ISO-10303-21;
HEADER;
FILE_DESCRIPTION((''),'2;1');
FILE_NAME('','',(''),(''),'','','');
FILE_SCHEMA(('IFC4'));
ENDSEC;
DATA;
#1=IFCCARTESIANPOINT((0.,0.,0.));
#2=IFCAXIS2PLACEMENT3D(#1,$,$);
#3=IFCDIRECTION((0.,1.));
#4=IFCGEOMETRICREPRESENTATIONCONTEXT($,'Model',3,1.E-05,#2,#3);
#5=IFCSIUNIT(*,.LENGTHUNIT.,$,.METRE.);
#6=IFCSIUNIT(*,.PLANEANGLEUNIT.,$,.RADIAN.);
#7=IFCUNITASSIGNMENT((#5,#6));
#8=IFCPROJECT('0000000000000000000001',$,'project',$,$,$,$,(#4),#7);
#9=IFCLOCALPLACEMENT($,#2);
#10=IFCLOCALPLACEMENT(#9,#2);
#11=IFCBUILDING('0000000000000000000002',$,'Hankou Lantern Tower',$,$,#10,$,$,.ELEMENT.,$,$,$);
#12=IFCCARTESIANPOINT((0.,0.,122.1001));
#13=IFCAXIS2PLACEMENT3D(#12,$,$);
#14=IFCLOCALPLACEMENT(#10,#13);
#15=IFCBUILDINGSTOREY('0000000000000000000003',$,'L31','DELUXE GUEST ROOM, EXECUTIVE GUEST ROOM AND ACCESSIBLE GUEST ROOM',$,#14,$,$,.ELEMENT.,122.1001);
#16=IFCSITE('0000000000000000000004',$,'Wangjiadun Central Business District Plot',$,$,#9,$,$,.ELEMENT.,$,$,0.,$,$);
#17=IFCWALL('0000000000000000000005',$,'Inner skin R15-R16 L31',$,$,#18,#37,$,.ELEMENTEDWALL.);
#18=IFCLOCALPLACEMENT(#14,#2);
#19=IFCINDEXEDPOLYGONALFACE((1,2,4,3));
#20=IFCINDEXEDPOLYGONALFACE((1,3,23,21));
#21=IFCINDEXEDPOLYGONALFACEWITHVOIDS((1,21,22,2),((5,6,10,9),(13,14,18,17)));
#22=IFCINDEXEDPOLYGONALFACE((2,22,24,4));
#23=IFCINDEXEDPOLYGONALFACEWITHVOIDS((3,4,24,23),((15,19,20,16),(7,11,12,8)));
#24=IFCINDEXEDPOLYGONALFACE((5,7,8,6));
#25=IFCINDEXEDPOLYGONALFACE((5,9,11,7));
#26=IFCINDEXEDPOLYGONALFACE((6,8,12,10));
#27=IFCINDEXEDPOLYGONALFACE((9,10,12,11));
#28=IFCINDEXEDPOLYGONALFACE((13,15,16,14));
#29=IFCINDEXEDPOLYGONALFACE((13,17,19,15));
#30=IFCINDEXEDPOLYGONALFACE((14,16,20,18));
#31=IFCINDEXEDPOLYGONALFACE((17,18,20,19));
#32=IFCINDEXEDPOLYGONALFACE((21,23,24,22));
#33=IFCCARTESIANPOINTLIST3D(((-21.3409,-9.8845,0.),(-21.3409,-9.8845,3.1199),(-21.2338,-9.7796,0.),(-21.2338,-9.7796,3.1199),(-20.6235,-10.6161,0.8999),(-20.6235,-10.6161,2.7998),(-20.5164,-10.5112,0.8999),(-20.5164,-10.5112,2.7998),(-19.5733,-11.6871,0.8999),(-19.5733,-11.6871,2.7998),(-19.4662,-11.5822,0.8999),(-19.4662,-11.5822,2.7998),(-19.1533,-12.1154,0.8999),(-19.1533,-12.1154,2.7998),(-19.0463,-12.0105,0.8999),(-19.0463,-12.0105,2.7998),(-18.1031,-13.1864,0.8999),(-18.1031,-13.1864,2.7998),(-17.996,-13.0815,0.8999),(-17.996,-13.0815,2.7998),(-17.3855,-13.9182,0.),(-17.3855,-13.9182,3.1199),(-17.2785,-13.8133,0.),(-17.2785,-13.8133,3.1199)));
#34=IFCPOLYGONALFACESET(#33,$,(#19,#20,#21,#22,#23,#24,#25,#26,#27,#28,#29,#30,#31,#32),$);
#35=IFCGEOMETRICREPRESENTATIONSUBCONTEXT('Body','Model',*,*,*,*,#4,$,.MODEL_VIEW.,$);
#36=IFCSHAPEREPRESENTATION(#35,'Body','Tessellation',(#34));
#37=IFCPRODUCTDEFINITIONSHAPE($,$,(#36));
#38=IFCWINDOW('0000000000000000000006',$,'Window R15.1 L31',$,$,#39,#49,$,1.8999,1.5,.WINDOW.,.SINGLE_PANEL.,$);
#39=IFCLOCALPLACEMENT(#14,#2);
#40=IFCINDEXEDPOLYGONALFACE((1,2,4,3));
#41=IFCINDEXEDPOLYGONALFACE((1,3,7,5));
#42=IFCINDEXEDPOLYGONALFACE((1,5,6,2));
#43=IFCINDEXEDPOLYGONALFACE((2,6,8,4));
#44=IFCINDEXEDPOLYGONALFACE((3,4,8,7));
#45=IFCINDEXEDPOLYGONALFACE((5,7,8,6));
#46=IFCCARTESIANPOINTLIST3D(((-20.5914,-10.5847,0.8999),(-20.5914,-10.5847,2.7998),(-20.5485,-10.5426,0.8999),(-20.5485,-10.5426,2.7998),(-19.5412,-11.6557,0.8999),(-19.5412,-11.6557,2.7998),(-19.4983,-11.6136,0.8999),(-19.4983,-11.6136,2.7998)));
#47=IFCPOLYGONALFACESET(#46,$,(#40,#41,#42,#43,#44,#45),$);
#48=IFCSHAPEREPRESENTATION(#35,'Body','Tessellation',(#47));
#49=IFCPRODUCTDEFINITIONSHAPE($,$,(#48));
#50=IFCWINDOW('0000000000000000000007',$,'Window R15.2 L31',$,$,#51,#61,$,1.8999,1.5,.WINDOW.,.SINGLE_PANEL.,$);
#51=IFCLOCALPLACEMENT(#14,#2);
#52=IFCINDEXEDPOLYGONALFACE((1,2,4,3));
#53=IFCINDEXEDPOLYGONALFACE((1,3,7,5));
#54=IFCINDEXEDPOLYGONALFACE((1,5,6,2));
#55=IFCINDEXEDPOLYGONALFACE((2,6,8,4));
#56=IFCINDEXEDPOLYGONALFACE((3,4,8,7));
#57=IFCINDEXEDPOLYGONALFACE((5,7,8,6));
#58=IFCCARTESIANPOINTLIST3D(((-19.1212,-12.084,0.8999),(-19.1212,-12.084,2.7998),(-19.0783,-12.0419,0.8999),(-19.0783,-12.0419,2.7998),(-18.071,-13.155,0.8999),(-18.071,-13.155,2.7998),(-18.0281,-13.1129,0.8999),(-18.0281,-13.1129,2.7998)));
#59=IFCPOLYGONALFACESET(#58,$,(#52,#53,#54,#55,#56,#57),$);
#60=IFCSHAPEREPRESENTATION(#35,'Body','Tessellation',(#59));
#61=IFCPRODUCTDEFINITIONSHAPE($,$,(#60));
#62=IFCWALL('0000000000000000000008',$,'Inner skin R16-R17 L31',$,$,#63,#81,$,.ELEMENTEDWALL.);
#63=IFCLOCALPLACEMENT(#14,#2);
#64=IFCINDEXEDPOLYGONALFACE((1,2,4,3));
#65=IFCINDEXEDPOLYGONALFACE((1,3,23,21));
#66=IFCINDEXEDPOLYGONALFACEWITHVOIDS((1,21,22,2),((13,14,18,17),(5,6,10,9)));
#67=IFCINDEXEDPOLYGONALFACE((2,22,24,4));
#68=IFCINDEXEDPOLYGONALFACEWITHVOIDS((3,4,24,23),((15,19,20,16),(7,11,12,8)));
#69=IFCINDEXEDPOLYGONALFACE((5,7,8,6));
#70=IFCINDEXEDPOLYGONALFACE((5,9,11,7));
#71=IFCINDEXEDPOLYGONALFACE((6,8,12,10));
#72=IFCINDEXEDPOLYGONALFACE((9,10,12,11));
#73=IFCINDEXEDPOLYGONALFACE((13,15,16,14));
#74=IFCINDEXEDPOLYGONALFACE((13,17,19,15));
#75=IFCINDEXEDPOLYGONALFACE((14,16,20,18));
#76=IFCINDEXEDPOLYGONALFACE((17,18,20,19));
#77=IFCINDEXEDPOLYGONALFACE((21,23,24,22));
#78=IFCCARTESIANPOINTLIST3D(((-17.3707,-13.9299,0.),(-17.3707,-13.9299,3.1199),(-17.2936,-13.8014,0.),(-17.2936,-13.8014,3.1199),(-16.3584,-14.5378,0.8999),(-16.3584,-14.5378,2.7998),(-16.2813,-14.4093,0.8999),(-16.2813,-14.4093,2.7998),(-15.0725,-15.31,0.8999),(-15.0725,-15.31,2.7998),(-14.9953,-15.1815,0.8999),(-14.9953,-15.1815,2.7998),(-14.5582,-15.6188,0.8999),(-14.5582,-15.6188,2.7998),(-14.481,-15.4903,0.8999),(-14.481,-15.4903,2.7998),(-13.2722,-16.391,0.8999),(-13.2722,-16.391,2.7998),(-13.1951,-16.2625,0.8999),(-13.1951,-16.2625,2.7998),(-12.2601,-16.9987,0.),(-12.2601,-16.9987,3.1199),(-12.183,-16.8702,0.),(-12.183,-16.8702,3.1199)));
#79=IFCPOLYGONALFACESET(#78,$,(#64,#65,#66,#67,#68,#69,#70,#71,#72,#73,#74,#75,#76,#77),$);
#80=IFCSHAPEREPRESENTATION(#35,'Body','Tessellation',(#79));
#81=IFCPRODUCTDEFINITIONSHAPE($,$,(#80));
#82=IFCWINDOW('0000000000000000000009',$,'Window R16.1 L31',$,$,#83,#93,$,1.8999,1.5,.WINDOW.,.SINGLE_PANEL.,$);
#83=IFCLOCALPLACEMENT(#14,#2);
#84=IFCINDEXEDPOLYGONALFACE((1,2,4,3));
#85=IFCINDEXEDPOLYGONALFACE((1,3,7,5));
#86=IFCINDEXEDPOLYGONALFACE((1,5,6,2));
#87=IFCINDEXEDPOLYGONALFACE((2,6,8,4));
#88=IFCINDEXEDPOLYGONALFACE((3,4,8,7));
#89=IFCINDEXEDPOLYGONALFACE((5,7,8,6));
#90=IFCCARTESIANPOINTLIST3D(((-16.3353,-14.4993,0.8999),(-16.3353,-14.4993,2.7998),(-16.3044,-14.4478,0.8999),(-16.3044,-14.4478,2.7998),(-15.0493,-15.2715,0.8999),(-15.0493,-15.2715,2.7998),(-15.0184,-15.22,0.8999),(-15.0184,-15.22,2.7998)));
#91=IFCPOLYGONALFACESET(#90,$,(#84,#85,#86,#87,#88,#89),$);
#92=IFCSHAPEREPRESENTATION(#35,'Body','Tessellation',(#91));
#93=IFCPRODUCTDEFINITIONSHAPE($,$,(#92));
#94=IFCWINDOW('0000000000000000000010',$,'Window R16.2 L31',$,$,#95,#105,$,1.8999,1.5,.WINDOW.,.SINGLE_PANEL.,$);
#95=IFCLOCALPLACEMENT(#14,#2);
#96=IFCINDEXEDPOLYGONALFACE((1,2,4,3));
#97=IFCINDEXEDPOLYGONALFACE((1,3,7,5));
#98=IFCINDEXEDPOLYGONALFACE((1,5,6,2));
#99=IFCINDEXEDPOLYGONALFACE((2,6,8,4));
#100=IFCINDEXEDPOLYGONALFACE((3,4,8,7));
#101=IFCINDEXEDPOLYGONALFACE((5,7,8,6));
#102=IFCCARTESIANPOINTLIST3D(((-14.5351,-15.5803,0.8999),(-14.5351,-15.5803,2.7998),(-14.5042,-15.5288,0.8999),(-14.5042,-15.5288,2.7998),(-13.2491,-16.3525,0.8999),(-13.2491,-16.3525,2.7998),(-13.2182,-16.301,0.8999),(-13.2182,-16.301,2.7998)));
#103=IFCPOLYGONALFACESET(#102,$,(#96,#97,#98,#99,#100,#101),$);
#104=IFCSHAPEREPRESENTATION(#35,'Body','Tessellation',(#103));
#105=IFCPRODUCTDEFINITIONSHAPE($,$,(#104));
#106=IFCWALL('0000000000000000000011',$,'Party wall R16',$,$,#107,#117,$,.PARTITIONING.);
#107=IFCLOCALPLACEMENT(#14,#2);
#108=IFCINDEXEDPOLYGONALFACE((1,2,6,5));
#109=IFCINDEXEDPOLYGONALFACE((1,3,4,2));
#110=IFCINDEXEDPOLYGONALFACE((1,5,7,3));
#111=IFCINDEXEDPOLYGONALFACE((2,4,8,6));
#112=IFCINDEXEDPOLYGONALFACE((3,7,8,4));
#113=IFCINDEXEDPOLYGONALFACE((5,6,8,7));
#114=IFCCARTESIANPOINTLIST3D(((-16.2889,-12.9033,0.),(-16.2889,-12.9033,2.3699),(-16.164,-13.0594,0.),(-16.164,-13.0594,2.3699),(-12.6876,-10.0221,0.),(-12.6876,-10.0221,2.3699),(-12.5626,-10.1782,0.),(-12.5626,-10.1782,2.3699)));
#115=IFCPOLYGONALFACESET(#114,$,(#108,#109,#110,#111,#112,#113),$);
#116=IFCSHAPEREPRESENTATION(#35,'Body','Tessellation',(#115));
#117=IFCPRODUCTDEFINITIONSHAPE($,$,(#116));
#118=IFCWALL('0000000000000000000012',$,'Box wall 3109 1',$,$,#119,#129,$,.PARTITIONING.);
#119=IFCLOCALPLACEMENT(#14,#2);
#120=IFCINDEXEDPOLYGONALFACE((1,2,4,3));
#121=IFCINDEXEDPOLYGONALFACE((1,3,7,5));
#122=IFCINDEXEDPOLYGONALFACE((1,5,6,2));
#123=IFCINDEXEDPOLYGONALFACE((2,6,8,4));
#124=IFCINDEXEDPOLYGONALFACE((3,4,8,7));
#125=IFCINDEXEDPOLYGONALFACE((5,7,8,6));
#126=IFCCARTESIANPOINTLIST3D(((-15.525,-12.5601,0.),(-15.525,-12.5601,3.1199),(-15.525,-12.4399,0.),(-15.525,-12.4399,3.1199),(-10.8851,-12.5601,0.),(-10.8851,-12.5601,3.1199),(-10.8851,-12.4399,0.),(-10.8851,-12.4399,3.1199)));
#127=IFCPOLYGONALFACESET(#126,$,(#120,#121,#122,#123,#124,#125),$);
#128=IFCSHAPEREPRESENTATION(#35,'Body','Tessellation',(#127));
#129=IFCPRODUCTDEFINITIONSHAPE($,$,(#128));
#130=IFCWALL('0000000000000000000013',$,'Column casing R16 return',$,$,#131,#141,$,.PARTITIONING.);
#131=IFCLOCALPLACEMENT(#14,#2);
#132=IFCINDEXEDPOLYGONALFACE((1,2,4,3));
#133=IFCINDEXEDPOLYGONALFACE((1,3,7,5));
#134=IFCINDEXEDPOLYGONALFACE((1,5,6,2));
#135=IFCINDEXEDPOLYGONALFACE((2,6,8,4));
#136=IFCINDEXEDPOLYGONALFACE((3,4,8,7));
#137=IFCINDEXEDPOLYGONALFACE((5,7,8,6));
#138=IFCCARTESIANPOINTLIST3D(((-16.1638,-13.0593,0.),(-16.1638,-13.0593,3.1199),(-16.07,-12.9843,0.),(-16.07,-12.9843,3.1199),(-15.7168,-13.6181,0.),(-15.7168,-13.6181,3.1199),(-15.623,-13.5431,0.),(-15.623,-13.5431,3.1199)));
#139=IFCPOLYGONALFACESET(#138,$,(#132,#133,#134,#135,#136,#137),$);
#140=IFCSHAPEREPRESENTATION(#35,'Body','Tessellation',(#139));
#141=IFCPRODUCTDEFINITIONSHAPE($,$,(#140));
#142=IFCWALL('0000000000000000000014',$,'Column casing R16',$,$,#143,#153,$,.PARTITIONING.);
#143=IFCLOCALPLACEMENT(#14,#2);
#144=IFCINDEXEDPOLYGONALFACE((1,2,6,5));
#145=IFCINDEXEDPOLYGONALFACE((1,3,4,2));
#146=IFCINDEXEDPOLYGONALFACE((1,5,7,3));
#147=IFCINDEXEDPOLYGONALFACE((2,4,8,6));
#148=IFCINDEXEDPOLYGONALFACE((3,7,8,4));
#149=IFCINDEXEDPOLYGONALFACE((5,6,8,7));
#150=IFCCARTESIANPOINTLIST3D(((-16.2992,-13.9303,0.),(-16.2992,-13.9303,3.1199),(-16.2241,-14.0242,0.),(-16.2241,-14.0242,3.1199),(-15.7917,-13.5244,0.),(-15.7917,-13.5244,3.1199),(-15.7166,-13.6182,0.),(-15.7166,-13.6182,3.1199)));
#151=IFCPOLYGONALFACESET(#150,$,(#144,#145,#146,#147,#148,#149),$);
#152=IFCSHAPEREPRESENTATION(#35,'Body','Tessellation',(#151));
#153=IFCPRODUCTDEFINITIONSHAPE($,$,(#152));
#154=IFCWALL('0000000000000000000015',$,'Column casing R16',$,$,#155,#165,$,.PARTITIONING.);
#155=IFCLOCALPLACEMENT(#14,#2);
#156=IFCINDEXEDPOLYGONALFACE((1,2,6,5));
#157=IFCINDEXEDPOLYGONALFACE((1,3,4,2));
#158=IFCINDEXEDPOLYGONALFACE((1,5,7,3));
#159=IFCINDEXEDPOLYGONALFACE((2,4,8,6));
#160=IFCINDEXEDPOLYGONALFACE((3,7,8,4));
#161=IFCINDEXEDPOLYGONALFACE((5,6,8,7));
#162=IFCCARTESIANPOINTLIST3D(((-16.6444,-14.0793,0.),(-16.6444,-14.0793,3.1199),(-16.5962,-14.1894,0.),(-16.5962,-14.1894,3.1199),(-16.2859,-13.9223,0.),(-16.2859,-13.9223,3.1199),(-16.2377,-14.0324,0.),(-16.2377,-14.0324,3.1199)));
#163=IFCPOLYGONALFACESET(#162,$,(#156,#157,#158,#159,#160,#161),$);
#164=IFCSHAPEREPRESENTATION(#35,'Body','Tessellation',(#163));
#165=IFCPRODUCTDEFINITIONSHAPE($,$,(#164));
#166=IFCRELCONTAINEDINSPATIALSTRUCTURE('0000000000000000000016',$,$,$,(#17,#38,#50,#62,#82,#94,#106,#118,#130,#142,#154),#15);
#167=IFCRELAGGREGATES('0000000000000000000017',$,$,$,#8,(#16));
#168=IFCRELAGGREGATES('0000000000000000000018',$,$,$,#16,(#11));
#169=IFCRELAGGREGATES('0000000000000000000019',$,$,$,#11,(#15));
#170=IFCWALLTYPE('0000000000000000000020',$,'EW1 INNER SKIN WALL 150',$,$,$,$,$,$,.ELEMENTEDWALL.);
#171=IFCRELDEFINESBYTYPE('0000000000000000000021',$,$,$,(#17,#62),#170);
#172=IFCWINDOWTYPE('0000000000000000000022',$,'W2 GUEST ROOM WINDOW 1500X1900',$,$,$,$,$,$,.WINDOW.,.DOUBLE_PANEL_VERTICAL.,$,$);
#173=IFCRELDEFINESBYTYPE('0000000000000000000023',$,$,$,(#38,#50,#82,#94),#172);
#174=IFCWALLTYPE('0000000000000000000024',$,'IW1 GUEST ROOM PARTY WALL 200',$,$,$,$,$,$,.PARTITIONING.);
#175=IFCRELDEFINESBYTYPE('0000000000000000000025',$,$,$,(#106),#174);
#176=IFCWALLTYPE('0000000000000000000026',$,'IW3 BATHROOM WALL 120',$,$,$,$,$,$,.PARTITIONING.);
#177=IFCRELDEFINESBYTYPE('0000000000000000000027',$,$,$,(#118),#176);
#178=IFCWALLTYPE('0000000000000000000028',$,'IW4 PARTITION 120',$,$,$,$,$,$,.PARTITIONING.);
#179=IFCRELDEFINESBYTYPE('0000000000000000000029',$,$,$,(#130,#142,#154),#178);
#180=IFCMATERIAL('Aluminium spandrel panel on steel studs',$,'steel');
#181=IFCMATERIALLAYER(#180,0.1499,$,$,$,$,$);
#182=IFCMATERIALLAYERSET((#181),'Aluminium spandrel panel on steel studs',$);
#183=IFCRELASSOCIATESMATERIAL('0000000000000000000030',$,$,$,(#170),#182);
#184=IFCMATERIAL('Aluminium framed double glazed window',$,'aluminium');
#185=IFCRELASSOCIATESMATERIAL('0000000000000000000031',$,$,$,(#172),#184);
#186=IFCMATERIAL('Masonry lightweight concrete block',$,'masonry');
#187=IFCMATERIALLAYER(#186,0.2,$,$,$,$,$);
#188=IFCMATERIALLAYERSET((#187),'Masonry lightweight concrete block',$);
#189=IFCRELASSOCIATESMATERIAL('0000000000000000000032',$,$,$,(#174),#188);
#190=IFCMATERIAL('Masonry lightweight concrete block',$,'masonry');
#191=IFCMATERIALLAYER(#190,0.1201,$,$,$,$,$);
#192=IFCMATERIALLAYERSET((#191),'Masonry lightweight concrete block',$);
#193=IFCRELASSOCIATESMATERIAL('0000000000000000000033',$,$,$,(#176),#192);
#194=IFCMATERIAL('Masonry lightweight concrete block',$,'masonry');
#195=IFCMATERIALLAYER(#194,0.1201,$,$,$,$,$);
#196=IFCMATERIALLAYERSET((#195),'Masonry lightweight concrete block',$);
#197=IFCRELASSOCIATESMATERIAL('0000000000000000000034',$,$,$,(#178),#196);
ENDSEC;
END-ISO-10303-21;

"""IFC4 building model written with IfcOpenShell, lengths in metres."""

from ifc_helpers import new_model, si_unit, direction, frame, frame_2d, origin, place, context, subcontext, project, spatial, rectangle, extrude, material, layer, layer_set, type_object, element, fill, save


model = new_model("IFC4")

# Units and contexts
model_context = context("Model", 3, precision=1e-05, world=origin(), true_north=direction((0.0, 1.0)))
body_context = subcontext(model_context, "Body", "Model", "MODEL_VIEW")
ifc_project = project(units=[si_unit("LENGTHUNIT", "METRE"), si_unit("PLANEANGLEUNIT", "RADIAN")], contexts=[model_context])

# Site, building, storey
site_placement = place(None, origin())
site = spatial("IfcSite", under=ifc_project, at=site_placement, Name="Wangjiadun Central Business District Plot", CompositionType="ELEMENT", RefElevation=0.0)
building_placement = place(site_placement, origin())
building = spatial("IfcBuilding", under=site, at=building_placement, Name="Hankou Lantern Tower", CompositionType="ELEMENT")
storey_placement = place(building_placement, frame((0.0, 0.0, 122.1001)))
storey = spatial("IfcBuildingStorey", under=building, at=storey_placement, Name="L31", Description="DELUXE GUEST ROOM, EXECUTIVE GUEST ROOM AND ACCESSIBLE GUEST ROOM", CompositionType="ELEMENT", Elevation=122.1001)

# Walls, openings, windows
ifc_material_1 = material(Name="Aluminium spandrel panel on steel studs", Category="steel")
ifc_layer_1 = layer(ifc_material_1, 0.1499)
ifc_layer_set_1 = layer_set([ifc_layer_1], Name="Aluminium spandrel panel on steel studs")
wall_type_1 = type_object("IfcWallType", Name="EW1 INNER SKIN WALL 150", PredefinedType="ELEMENTEDWALL", material=ifc_layer_set_1)
wall_1_placement = place(storey_placement, frame((-21.2874, -9.832, 0.0), z_axis=(0.0, 0.0, 1.0), x_axis=(0.700137, -0.714009, 0.0)))
wall_1 = element("IfcWall", 1, at=wall_1_placement, inside=storey, type_object=wall_type_1, Name="Inner skin R15-R16 L31", PredefinedType="ELEMENTEDWALL", context=body_context, shape_type="SweptSolid", body=[
    extrude(rectangle(XDim=5.6494, YDim=0.1499, at=frame_2d((2.8247, 0.0))), origin(), (0.0, 0.0, 1.0), 3.1199),
])
opening_1_placement = place(wall_1_placement, frame((1.0247, 0.0, 0.8999)))
opening_1 = element("IfcOpeningElement", 2, at=opening_1_placement, cuts=wall_1, PredefinedType="OPENING", context=body_context, shape_type="SweptSolid", body=[
    extrude(rectangle(XDim=1.5, YDim=1.8999, at=frame_2d((0.75, 0.95))), frame((0.0, 0.085, 0.0), z_axis=(0.0, -1.0, 0.0), x_axis=(1.0, 0.0, 0.0)), (0.0, 0.0, 1.0), 0.1699),
])
opening_2_placement = place(wall_1_placement, frame((3.1245, 0.0, 0.8999)))
opening_2 = element("IfcOpeningElement", 3, at=opening_2_placement, cuts=wall_1, PredefinedType="OPENING", context=body_context, shape_type="SweptSolid", body=[
    extrude(rectangle(XDim=1.5, YDim=1.8999, at=frame_2d((0.75, 0.95))), frame((0.0, 0.085, 0.0), z_axis=(0.0, -1.0, 0.0), x_axis=(1.0, 0.0, 0.0)), (0.0, 0.0, 1.0), 0.1699),
])
ifc_material_2 = material(Name="Aluminium framed double glazed window", Category="aluminium")
window_type = type_object("IfcWindowType", Name="W2 GUEST ROOM WINDOW 1500X1900", PartitioningType="DOUBLE_PANEL_VERTICAL", PredefinedType="WINDOW", material=ifc_material_2)
window_1_placement = place(opening_1_placement, origin())
window_1 = element("IfcWindow", 4, at=window_1_placement, inside=storey, type_object=window_type, Name="Window R15.1 L31", OverallHeight=1.8999, OverallWidth=1.5, PartitioningType="SINGLE_PANEL", PredefinedType="WINDOW", context=body_context, shape_type="SweptSolid", body=[
    extrude(rectangle(XDim=1.5, YDim=1.8999, at=frame_2d((0.75, 0.95))), frame((0.0, 0.03, 0.0), z_axis=(0.0, -1.0, 0.0), x_axis=(1.0, 0.0, 0.0)), (0.0, 0.0, 1.0), 0.0601),
])
fill(opening_1, window_1)
window_2_placement = place(opening_2_placement, origin())
window_2 = element("IfcWindow", 5, at=window_2_placement, inside=storey, type_object=window_type, Name="Window R15.2 L31", OverallHeight=1.8999, OverallWidth=1.5, PartitioningType="SINGLE_PANEL", PredefinedType="WINDOW", context=body_context, shape_type="SweptSolid", body=[
    extrude(rectangle(XDim=1.5, YDim=1.8999, at=frame_2d((0.75, 0.95))), frame((0.0, 0.03, 0.0), z_axis=(0.0, -1.0, 0.0), x_axis=(1.0, 0.0, 0.0)), (0.0, 0.0, 1.0), 0.0601),
])
fill(opening_2, window_2)
wall_2_placement = place(storey_placement, frame((-17.332, -13.8657, 0.0), z_axis=(0.0, 0.0, 1.0), x_axis=(0.857309, -0.514803, 0.0)))
wall_2 = element("IfcWall", 6, at=wall_2_placement, inside=storey, type_object=wall_type_1, Name="Inner skin R16-R17 L31", PredefinedType="ELEMENTEDWALL", context=body_context, shape_type="SweptSolid", body=[
    extrude(rectangle(XDim=5.9612, YDim=0.1499, at=frame_2d((2.9805, 0.0))), origin(), (0.0, 0.0, 1.0), 3.1199),
])
opening_3_placement = place(wall_2_placement, frame((1.1807, 0.0, 0.8999)))
opening_3 = element("IfcOpeningElement", 7, at=opening_3_placement, cuts=wall_2, PredefinedType="OPENING", context=body_context, shape_type="SweptSolid", body=[
    extrude(rectangle(XDim=1.5, YDim=1.8999, at=frame_2d((0.75, 0.95))), frame((0.0, 0.085, 0.0), z_axis=(0.0, -1.0, 0.0), x_axis=(1.0, 0.0, 0.0)), (0.0, 0.0, 1.0), 0.1699),
])
opening_4_placement = place(wall_2_placement, frame((3.2805, 0.0, 0.8999)))
opening_4 = element("IfcOpeningElement", 8, at=opening_4_placement, cuts=wall_2, PredefinedType="OPENING", context=body_context, shape_type="SweptSolid", body=[
    extrude(rectangle(XDim=1.5, YDim=1.8999, at=frame_2d((0.75, 0.95))), frame((0.0, 0.085, 0.0), z_axis=(0.0, -1.0, 0.0), x_axis=(1.0, 0.0, 0.0)), (0.0, 0.0, 1.0), 0.1699),
])
window_3_placement = place(opening_3_placement, origin())
window_3 = element("IfcWindow", 9, at=window_3_placement, inside=storey, type_object=window_type, Name="Window R16.1 L31", OverallHeight=1.8999, OverallWidth=1.5, PartitioningType="SINGLE_PANEL", PredefinedType="WINDOW", context=body_context, shape_type="SweptSolid", body=[
    extrude(rectangle(XDim=1.5, YDim=1.8999, at=frame_2d((0.75, 0.95))), frame((0.0, 0.03, 0.0), z_axis=(0.0, -1.0, 0.0), x_axis=(1.0, 0.0, 0.0)), (0.0, 0.0, 1.0), 0.0601),
])
fill(opening_3, window_3)
window_4_placement = place(opening_4_placement, origin())
window_4 = element("IfcWindow", 10, at=window_4_placement, inside=storey, type_object=window_type, Name="Window R16.2 L31", OverallHeight=1.8999, OverallWidth=1.5, PartitioningType="SINGLE_PANEL", PredefinedType="WINDOW", context=body_context, shape_type="SweptSolid", body=[
    extrude(rectangle(XDim=1.5, YDim=1.8999, at=frame_2d((0.75, 0.95))), frame((0.0, 0.03, 0.0), z_axis=(0.0, -1.0, 0.0), x_axis=(1.0, 0.0, 0.0)), (0.0, 0.0, 1.0), 0.0601),
])
fill(opening_4, window_4)

# Walls
ifc_material_3 = material(Name="Masonry lightweight concrete block", Category="masonry")
ifc_layer_2 = layer(ifc_material_3, 0.2)
ifc_layer_set_2 = layer_set([ifc_layer_2], Name="Masonry lightweight concrete block")
wall_type_2 = type_object("IfcWallType", Name="IW1 GUEST ROOM PARTY WALL 200", PredefinedType="PARTITIONING", material=ifc_layer_set_2)
wall_3_placement = place(storey_placement, frame((-12.625, -10.1001, 0.0), z_axis=(0.0, 0.0, 1.0), x_axis=(-0.780864, -0.624702, 0.0)))
element("IfcWall", 11, at=wall_3_placement, inside=storey, type_object=wall_type_2, Name="Party wall R16", PredefinedType="PARTITIONING", context=body_context, shape_type="SweptSolid", body=[
    extrude(rectangle(XDim=4.6121, YDim=0.2, at=frame_2d((2.3062, 0.0))), origin(), (0.0, 0.0, 1.0), 2.3699),
])
ifc_material_4 = material(Name="Masonry lightweight concrete block", Category="masonry")
ifc_layer_3 = layer(ifc_material_4, 0.1201)
ifc_layer_set_3 = layer_set([ifc_layer_3], Name="Masonry lightweight concrete block")
wall_type_3 = type_object("IfcWallType", Name="IW3 BATHROOM WALL 120", PredefinedType="PARTITIONING", material=ifc_layer_set_3)
wall_4_placement = place(storey_placement, frame((-15.5249, -12.5, 0.0), z_axis=(0.0, 0.0, 1.0), x_axis=(1.0, 0.0, 0.0)))
element("IfcWall", 12, at=wall_4_placement, inside=storey, type_object=wall_type_3, Name="Box wall 3109 1", PredefinedType="PARTITIONING", context=body_context, shape_type="SweptSolid", body=[
    extrude(rectangle(XDim=4.6399, YDim=0.1201, at=frame_2d((2.3198, 0.0))), origin(), (0.0, 0.0, 1.0), 3.1199),
])
ifc_material_5 = material(Name="Masonry lightweight concrete block", Category="masonry")
ifc_layer_4 = layer(ifc_material_5, 0.1201)
ifc_layer_set_4 = layer_set([ifc_layer_4], Name="Masonry lightweight concrete block")
wall_type_4 = type_object("IfcWallType", Name="IW4 PARTITION 120", PredefinedType="PARTITIONING", material=ifc_layer_set_4)
wall_5_placement = place(storey_placement, frame((-16.1169, -13.0217, 0.0), z_axis=(0.0, 0.0, 1.0), x_axis=(0.624653, -0.780902, 0.0)))
element("IfcWall", 13, at=wall_5_placement, inside=storey, type_object=wall_type_4, Name="Column casing R16 return", PredefinedType="PARTITIONING", context=body_context, shape_type="SweptSolid", body=[
    extrude(rectangle(XDim=0.7156, YDim=0.1201, at=frame_2d((0.3579, 0.0))), origin(), (0.0, 0.0, 1.0), 3.1199),
])
wall_6_placement = place(storey_placement, frame((-15.7542, -13.5713, 0.0), z_axis=(0.0, 0.0, 1.0), x_axis=(-0.780905, -0.624649, 0.0)))
element("IfcWall", 14, at=wall_6_placement, inside=storey, type_object=wall_type_4, Name="Column casing R16", PredefinedType="PARTITIONING", context=body_context, shape_type="SweptSolid", body=[
    extrude(rectangle(XDim=0.6499, YDim=0.1201, at=frame_2d((0.325, 0.0))), origin(), (0.0, 0.0, 1.0), 3.1199),
])
wall_7_placement = place(storey_placement, frame((-16.2617, -13.9773, 0.0), z_axis=(0.0, 0.0, 1.0), x_axis=(-0.915985, -0.401212, 0.0)))
element("IfcWall", 15, at=wall_7_placement, inside=storey, type_object=wall_type_4, Name="Column casing R16", PredefinedType="PARTITIONING", context=body_context, shape_type="SweptSolid", body=[
    extrude(rectangle(XDim=0.3914, YDim=0.1201, at=frame_2d((0.1958, 0.0))), origin(), (0.0, 0.0, 1.0), 3.1199),
])

save(model, "model.ifc")
